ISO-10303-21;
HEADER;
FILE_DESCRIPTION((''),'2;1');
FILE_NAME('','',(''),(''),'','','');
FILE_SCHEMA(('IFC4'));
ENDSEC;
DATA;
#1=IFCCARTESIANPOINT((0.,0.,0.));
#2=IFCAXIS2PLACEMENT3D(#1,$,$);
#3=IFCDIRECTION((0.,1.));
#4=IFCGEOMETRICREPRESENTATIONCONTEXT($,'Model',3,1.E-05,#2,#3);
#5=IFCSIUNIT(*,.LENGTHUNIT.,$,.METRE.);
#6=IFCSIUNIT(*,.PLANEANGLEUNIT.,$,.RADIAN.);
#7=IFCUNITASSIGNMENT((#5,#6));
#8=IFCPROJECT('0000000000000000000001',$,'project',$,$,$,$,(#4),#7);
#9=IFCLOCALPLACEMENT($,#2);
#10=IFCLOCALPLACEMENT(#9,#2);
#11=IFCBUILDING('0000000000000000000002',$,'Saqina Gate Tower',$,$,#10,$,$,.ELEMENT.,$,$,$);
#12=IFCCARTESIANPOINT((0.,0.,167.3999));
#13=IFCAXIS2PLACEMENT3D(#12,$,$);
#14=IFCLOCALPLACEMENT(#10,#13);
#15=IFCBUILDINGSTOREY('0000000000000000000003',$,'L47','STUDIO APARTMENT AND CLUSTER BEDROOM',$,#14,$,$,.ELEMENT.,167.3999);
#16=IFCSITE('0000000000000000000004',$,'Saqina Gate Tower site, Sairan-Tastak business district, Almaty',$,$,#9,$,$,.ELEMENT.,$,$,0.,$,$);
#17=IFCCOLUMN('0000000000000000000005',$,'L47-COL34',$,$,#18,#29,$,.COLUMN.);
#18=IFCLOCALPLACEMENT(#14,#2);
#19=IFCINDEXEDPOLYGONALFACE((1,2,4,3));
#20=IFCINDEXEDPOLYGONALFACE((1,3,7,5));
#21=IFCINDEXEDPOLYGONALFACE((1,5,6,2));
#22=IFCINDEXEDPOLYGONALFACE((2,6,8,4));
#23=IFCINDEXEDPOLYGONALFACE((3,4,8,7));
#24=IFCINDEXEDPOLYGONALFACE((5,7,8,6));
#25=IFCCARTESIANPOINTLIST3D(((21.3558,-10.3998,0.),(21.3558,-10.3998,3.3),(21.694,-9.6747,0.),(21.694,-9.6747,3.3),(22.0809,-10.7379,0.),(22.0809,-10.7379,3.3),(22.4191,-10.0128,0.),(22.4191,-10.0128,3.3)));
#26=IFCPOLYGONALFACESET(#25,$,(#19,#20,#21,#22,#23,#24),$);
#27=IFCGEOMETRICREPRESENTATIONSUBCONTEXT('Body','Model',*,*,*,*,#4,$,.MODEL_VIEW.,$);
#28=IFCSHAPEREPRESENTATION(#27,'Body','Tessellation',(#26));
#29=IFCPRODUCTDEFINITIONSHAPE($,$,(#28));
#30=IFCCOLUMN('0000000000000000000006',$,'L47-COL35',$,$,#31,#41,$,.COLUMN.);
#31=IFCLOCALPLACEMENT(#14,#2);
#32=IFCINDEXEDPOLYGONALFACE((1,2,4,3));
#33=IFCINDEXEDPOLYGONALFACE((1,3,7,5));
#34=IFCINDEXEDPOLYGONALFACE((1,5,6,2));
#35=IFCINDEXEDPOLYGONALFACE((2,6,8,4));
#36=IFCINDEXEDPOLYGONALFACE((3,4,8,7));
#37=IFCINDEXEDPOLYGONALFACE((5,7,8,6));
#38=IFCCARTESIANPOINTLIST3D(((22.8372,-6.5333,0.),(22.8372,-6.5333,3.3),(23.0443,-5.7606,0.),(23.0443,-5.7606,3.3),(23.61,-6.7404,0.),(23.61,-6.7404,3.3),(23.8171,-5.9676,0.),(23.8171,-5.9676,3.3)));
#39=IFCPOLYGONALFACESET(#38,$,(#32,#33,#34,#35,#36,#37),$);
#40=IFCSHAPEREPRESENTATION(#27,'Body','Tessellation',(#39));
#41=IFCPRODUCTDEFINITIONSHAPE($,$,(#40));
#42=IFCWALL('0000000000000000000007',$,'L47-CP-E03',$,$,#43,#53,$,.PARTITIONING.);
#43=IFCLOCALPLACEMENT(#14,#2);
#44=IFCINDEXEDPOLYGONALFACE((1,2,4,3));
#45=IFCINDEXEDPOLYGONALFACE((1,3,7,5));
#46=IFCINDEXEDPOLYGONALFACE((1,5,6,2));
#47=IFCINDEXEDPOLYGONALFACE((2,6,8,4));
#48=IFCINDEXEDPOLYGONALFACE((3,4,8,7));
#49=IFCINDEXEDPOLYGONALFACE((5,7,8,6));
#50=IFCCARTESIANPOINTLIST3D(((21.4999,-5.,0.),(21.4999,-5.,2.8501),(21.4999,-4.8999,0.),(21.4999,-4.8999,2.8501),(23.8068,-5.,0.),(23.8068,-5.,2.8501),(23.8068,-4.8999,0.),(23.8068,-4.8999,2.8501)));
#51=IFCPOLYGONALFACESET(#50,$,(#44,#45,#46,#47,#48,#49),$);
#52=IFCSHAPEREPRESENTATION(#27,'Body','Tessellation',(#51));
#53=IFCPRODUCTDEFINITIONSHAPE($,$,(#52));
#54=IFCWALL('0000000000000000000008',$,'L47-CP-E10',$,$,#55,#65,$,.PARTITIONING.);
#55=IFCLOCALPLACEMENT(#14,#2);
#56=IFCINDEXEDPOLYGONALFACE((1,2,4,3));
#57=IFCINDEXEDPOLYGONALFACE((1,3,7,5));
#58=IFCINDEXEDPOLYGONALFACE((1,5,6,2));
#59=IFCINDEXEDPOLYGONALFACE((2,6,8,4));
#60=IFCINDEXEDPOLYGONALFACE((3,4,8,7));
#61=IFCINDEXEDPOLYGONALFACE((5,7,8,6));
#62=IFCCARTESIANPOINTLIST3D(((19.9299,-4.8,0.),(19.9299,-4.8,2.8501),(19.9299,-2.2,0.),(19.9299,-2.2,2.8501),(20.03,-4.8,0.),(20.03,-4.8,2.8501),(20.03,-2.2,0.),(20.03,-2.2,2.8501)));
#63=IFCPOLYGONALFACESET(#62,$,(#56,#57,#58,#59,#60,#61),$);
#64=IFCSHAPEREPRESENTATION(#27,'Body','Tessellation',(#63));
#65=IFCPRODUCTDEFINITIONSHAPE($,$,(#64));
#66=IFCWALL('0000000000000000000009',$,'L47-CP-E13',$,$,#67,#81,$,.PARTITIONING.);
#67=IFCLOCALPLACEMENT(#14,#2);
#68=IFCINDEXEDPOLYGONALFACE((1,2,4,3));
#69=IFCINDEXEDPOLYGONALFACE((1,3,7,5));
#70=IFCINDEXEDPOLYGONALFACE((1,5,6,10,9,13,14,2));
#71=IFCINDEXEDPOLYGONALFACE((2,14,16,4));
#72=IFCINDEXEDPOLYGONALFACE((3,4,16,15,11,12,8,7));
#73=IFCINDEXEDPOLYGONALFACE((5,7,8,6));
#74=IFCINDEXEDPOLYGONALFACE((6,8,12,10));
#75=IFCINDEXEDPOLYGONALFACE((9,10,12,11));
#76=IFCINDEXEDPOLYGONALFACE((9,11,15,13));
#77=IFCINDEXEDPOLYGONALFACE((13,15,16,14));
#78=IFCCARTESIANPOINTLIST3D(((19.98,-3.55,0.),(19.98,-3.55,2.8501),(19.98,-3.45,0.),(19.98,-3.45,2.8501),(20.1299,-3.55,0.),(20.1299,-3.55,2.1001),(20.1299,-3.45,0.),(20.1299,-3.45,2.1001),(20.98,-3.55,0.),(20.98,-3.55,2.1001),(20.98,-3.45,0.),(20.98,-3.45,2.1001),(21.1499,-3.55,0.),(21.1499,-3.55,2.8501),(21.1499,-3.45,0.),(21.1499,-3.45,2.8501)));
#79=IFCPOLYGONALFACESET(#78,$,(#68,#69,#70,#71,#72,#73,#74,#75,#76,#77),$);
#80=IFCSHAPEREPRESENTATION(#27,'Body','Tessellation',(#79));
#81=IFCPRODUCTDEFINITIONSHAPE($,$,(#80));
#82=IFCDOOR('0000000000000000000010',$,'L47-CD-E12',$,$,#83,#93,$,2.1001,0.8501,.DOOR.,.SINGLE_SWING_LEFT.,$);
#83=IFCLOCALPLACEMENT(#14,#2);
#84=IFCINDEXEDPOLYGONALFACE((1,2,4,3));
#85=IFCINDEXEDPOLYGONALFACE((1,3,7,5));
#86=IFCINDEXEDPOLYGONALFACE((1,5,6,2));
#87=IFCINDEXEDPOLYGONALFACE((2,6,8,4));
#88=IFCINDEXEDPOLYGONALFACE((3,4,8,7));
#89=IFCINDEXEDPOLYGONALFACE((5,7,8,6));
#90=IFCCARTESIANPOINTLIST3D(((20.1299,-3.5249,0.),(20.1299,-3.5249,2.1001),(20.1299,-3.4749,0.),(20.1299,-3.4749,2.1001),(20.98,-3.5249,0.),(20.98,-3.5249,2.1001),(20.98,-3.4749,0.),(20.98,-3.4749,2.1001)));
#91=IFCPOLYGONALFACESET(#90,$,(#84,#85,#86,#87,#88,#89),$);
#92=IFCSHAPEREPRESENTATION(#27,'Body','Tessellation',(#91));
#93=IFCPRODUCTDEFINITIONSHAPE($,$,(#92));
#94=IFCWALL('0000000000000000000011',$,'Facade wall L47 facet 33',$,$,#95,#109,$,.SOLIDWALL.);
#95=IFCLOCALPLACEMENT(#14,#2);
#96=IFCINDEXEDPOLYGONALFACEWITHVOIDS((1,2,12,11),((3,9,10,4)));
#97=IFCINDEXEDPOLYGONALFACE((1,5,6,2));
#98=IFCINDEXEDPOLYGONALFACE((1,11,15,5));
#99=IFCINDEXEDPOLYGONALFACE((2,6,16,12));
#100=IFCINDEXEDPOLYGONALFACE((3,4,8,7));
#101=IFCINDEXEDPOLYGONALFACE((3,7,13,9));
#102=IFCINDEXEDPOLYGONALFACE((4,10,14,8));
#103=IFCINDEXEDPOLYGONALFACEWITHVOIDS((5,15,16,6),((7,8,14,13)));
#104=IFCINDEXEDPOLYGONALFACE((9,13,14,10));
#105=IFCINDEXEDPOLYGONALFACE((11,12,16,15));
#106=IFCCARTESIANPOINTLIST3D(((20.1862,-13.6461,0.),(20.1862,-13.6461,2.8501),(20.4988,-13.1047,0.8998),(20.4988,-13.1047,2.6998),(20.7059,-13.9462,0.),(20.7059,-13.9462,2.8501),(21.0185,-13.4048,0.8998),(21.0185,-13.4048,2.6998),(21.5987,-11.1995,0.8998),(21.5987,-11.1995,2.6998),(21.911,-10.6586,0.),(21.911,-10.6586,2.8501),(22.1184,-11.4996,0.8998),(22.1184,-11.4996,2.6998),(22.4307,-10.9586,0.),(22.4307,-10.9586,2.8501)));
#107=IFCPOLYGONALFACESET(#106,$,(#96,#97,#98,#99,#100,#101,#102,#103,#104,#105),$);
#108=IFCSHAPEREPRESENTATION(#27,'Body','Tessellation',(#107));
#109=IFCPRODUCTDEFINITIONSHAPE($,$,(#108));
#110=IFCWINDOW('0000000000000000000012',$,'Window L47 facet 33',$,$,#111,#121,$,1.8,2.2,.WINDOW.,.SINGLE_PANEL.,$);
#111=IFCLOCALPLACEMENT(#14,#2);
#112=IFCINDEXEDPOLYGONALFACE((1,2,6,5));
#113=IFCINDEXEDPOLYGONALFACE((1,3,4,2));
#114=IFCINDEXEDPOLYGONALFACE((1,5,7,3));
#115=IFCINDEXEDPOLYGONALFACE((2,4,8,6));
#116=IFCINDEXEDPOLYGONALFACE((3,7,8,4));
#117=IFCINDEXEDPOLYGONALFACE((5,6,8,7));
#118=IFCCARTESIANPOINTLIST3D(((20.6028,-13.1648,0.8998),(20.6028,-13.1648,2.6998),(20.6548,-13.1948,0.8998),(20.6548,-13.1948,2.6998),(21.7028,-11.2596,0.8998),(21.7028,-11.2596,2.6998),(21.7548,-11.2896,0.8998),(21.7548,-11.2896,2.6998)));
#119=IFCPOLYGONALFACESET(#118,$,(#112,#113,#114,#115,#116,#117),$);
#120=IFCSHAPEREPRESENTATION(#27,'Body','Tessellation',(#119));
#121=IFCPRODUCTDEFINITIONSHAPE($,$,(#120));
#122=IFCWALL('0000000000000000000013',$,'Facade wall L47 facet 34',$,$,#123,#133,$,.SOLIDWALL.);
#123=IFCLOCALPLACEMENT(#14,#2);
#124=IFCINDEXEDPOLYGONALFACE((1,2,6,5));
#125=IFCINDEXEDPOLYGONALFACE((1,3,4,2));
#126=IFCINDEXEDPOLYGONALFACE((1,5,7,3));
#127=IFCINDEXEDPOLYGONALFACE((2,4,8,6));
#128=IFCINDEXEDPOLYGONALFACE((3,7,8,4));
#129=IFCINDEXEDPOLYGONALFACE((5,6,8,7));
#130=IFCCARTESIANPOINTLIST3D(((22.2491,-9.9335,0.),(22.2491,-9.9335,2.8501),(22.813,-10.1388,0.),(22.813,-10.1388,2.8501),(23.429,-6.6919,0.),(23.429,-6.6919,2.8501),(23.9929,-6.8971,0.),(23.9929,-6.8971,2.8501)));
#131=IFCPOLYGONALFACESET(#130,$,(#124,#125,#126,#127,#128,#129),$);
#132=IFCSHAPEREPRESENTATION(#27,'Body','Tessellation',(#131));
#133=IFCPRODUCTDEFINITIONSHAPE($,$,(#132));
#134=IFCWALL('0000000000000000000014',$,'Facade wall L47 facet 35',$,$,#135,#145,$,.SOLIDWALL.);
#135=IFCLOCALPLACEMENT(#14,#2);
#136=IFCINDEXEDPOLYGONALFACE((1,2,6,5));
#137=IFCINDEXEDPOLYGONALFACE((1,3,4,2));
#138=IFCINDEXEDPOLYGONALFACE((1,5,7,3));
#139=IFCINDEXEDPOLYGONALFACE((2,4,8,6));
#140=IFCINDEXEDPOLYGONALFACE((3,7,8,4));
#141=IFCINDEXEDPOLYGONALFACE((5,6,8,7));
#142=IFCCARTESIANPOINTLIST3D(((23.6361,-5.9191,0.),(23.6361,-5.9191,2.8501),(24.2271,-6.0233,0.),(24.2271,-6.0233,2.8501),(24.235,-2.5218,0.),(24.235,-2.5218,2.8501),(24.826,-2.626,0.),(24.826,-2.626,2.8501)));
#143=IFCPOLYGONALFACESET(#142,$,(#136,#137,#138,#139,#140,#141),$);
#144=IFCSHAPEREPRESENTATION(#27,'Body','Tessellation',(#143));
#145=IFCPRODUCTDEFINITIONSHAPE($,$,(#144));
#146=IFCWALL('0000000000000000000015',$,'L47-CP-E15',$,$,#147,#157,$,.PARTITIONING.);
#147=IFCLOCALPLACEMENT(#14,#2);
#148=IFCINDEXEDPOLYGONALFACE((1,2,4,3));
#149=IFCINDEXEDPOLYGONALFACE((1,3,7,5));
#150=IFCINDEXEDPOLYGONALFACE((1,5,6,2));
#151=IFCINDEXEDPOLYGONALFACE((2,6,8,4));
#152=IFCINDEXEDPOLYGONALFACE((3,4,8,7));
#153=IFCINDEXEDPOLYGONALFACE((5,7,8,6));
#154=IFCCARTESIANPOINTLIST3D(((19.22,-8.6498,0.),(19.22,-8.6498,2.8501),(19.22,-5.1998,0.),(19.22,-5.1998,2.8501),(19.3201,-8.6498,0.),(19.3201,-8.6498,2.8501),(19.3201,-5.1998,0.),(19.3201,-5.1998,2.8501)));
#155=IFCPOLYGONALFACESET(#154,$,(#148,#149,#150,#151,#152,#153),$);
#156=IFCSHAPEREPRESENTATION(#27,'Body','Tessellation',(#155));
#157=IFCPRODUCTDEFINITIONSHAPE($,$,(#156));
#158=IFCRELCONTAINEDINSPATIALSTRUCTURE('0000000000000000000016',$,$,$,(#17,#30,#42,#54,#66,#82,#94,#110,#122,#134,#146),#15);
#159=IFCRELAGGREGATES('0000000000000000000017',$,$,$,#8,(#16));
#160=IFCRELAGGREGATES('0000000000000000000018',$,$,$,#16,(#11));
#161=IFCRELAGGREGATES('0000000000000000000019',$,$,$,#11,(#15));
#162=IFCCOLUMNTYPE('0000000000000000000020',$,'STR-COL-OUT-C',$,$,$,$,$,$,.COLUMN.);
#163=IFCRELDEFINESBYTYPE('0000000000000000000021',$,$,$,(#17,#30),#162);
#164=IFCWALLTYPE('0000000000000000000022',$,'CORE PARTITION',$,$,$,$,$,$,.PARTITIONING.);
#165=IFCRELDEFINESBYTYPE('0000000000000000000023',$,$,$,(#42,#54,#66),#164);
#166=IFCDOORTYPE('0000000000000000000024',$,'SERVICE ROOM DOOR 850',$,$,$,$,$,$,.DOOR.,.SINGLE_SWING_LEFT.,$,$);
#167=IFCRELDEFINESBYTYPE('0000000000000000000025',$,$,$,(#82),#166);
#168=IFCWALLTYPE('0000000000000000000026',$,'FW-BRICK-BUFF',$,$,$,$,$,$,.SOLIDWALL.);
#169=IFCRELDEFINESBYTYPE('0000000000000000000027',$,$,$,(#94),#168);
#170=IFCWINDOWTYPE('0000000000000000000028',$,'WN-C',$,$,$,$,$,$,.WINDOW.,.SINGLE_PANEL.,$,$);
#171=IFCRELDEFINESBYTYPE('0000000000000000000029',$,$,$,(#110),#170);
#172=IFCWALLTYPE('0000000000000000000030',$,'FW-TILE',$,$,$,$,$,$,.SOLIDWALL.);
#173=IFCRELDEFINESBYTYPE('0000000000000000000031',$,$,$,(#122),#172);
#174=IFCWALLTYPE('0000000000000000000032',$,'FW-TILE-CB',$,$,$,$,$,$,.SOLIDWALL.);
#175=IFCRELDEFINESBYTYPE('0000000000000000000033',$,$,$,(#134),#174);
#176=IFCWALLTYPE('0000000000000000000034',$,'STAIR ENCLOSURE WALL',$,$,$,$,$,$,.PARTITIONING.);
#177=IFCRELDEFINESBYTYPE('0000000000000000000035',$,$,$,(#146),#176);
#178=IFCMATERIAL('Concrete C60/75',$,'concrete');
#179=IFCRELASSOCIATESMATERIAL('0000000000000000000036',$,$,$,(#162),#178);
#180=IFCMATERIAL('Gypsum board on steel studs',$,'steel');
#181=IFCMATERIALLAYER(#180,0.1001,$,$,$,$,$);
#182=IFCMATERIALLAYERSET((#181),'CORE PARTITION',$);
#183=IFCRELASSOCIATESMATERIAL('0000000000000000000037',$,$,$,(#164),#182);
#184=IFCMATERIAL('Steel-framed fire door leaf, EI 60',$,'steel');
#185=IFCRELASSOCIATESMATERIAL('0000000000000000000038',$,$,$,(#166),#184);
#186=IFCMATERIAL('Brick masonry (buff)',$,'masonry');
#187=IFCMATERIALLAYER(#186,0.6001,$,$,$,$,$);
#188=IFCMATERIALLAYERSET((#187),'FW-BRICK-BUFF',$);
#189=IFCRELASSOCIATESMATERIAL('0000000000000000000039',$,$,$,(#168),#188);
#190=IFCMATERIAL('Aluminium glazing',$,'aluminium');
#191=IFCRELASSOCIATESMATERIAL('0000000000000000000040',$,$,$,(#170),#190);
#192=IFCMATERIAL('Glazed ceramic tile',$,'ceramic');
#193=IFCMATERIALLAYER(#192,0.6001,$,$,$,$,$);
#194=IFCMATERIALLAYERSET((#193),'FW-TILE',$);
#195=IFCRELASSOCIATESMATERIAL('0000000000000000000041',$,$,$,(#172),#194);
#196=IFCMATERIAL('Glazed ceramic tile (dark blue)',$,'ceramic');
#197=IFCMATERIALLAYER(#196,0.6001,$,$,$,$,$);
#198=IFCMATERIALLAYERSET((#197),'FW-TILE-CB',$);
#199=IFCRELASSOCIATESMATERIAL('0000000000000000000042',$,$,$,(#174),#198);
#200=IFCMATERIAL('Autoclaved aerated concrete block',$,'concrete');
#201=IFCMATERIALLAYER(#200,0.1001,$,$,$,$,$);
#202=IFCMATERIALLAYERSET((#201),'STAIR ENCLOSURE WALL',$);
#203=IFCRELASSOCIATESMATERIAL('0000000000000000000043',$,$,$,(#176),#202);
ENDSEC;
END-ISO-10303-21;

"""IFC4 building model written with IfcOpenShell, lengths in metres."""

from ifc_helpers import new_model, si_unit, direction, frame, frame_2d, origin, origin_2d, place, context, subcontext, project, spatial, rectangle, extrude, material, layer, layer_set, material_profile, profile_set, type_object, element, fill, save


model = new_model("IFC4")

# Units and contexts
model_context = context("Model", 3, precision=1e-05, world=origin(), true_north=direction((0.0, 1.0)))
body_context = subcontext(model_context, "Body", "Model", "MODEL_VIEW")
ifc_project = project(units=[si_unit("LENGTHUNIT", "METRE"), si_unit("PLANEANGLEUNIT", "RADIAN")], contexts=[model_context])

# Site, building, storey
site_placement = place(None, origin())
site = spatial("IfcSite", under=ifc_project, at=site_placement, Name="Saqina Gate Tower site, Sairan-Tastak business district, Almaty", CompositionType="ELEMENT", RefElevation=0.0)
building_placement = place(site_placement, origin())
building = spatial("IfcBuilding", under=site, at=building_placement, Name="Saqina Gate Tower", CompositionType="ELEMENT")
storey_placement = place(building_placement, frame((0.0, 0.0, 167.3999)))
storey = spatial("IfcBuildingStorey", under=building, at=storey_placement, Name="L47", Description="STUDIO APARTMENT AND CLUSTER BEDROOM", CompositionType="ELEMENT", Elevation=167.3999)

# Columns
ifc_material_1 = material(Name="Concrete C60/75", Category="concrete")
ifc_material_profile = material_profile(ifc_material_1, rectangle(XDim=0.8, YDim=0.8, at=origin_2d()), Name="RC 800x800")
ifc_profile_set = profile_set([ifc_material_profile], Name="Concrete C60/75")
column_type = type_object("IfcColumnType", Name="STR-COL-OUT-C", PredefinedType="COLUMN", material=ifc_profile_set)
for number, where, z_axis, x_axis, name in (
    (1, (21.8875, -10.2063, 0.0), (0.0, 0.0, 1.0), (0.906308, -0.422618, 0.0), "L47-COL34"),
    (2, (23.3271, -6.2505, 0.0), (0.0, 0.0, 1.0), (0.965926, -0.258819, 0.0), "L47-COL35"),
):
    element("IfcColumn", number, at=place(storey_placement, frame(where, z_axis=z_axis, x_axis=x_axis)), inside=storey, type_object=column_type, Name=name, PredefinedType="COLUMN", context=body_context, shape_type="SweptSolid", body=[
        extrude(rectangle(XDim=0.8, YDim=0.8, at=origin_2d()), origin(), (0.0, 0.0, 1.0), 3.3),
    ])

# Walls
ifc_material_2 = material(Name="Gypsum board on steel studs", Category="steel")
ifc_layer_1 = layer(ifc_material_2, 0.1001)
ifc_layer_set_1 = layer_set([ifc_layer_1], Name="CORE PARTITION")
wall_type_1 = type_object("IfcWallType", Name="CORE PARTITION", PredefinedType="PARTITIONING", material=ifc_layer_set_1)
wall_1_placement = place(storey_placement, frame((21.5, -4.95, 0.0), z_axis=(0.0, 0.0, 1.0), x_axis=(1.0, 0.0, 0.0)))
element("IfcWall", 3, at=wall_1_placement, inside=storey, type_object=wall_type_1, Name="L47-CP-E03", PredefinedType="PARTITIONING", context=body_context, shape_type="SweptSolid", body=[
    extrude(rectangle(XDim=2.3069, YDim=0.1001, at=frame_2d((1.1533, 0.0))), origin(), (0.0, 0.0, 1.0), 2.8501),
])
wall_2_placement = place(storey_placement, frame((19.98, -4.8, 0.0), z_axis=(0.0, 0.0, 1.0), x_axis=(0.0, 1.0, 0.0)))
element("IfcWall", 4, at=wall_2_placement, inside=storey, type_object=wall_type_1, Name="L47-CP-E10", PredefinedType="PARTITIONING", context=body_context, shape_type="SweptSolid", body=[
    extrude(rectangle(XDim=2.6001, YDim=0.1001, at=frame_2d((1.3, 0.0))), origin(), (0.0, 0.0, 1.0), 2.8501),
])

# Wall, opening, door
wall_3_placement = place(storey_placement, frame((19.98, -3.5, 0.0), z_axis=(0.0, 0.0, 1.0), x_axis=(1.0, 0.0, 0.0)))
wall_3 = element("IfcWall", 5, at=wall_3_placement, inside=storey, type_object=wall_type_1, Name="L47-CP-E13", PredefinedType="PARTITIONING", context=body_context, shape_type="SweptSolid", body=[
    extrude(rectangle(XDim=1.1699, YDim=0.1001, at=frame_2d((0.585, 0.0))), origin(), (0.0, 0.0, 1.0), 2.8501),
])
opening_1_placement = place(wall_3_placement, frame((0.1499, 0.0, 0.0)))
opening_1 = element("IfcOpeningElement", 6, at=opening_1_placement, cuts=wall_3, PredefinedType="OPENING", context=body_context, shape_type="SweptSolid", body=[
    extrude(rectangle(XDim=0.8501, YDim=2.1001, at=frame_2d((0.425, 1.05))), frame((0.0, 0.062, 0.0), z_axis=(0.0, -1.0, 0.0), x_axis=(1.0, 0.0, 0.0)), (0.0, 0.0, 1.0), 0.124),
])
ifc_material_3 = material(Name="Steel-framed fire door leaf, EI 60", Category="steel")
door_type_1 = type_object("IfcDoorType", Name="SERVICE ROOM DOOR 850", OperationType="SINGLE_SWING_LEFT", PredefinedType="DOOR", material=ifc_material_3)
door_1_placement = place(opening_1_placement, frame((0.8501, 0.0, 0.0), z_axis=(0.0, 0.0, 1.0), x_axis=(-1.0, 0.0, 0.0)))
door_1 = element("IfcDoor", 7, at=door_1_placement, inside=storey, type_object=door_type_1, Name="L47-CD-E12", OperationType="SINGLE_SWING_LEFT", OverallHeight=2.1001, OverallWidth=0.8501, PredefinedType="DOOR", context=body_context, shape_type="SweptSolid", body=[
    extrude(rectangle(XDim=0.8501, YDim=2.1001, at=frame_2d((0.425, 1.05))), frame((0.0, 0.0249, 0.0), z_axis=(0.0, -1.0, 0.0), x_axis=(1.0, 0.0, 0.0)), (0.0, 0.0, 1.0), 0.05),
])
fill(opening_1, door_1)

# Wall, opening, window
ifc_material_4 = material(Name="Brick masonry (buff)", Category="masonry")
ifc_layer_2 = layer(ifc_material_4, 0.6001)
ifc_layer_set_2 = layer_set([ifc_layer_2], Name="FW-BRICK-BUFF")
wall_type_2 = type_object("IfcWallType", Name="FW-BRICK-BUFF", PredefinedType="SOLIDWALL", material=ifc_layer_set_2)
wall_4_placement = place(storey_placement, frame((20.446, -13.7961, 0.0), z_axis=(0.0, 0.0, 1.0), x_axis=(0.499998, 0.866026, 0.0)))
wall_4 = element("IfcWall", 8, at=wall_4_placement, inside=storey, type_object=wall_type_2, Name="Facade wall L47 facet 33", PredefinedType="SOLIDWALL", context=body_context, shape_type="SweptSolid", body=[
    extrude(rectangle(XDim=3.4497, YDim=0.6001, at=frame_2d((1.7249, 0.0))), origin(), (0.0, 0.0, 1.0), 2.8501),
])
opening_2_placement = place(wall_4_placement, frame((0.625, 0.0, 0.8999)))
opening_2 = element("IfcOpeningElement", 9, at=opening_2_placement, cuts=wall_4, PredefinedType="OPENING", context=body_context, shape_type="SweptSolid", body=[
    extrude(rectangle(XDim=2.2, YDim=1.8, at=frame_2d((1.1001, 0.8999))), frame((0.0, 0.312, 0.0), z_axis=(0.0, -1.0, 0.0), x_axis=(1.0, 0.0, 0.0)), (0.0, 0.0, 1.0), 0.624),
])
ifc_material_5 = material(Name="Aluminium glazing", Category="aluminium")
window_type = type_object("IfcWindowType", Name="WN-C", PartitioningType="SINGLE_PANEL", PredefinedType="WINDOW", material=ifc_material_5)
window_placement = place(opening_2_placement, origin())
window = element("IfcWindow", 10, at=window_placement, inside=storey, type_object=window_type, Name="Window L47 facet 33", OverallHeight=1.8, OverallWidth=2.2, PartitioningType="SINGLE_PANEL", PredefinedType="WINDOW", context=body_context, shape_type="SweptSolid", body=[
    extrude(rectangle(XDim=2.2, YDim=1.8, at=frame_2d((1.1001, 0.8999))), frame((0.0, 0.1799, 0.0), z_axis=(0.0, -1.0, 0.0), x_axis=(1.0, 0.0, 0.0)), (0.0, 0.0, 1.0), 0.0601),
])
fill(opening_2, window)

# Walls
ifc_material_6 = material(Name="Glazed ceramic tile", Category="ceramic")
ifc_layer_3 = layer(ifc_material_6, 0.6001)
ifc_layer_set_3 = layer_set([ifc_layer_3], Name="FW-TILE")
wall_type_3 = type_object("IfcWallType", Name="FW-TILE", PredefinedType="SOLIDWALL", material=ifc_layer_set_3)
wall_5_placement = place(storey_placement, frame((22.531, -10.0361, 0.0), z_axis=(0.0, 0.0, 1.0), x_axis=(0.342033, 0.939688, 0.0)))
element("IfcWall", 11, at=wall_5_placement, inside=storey, type_object=wall_type_3, Name="Facade wall L47 facet 34", PredefinedType="SOLIDWALL", context=body_context, shape_type="SweptSolid", body=[
    extrude(rectangle(XDim=3.4497, YDim=0.6001, at=frame_2d((1.7249, 0.0))), origin(), (0.0, 0.0, 1.0), 2.8501),
])
ifc_material_7 = material(Name="Glazed ceramic tile (dark blue)", Category="ceramic")
ifc_layer_4 = layer(ifc_material_7, 0.6001)
ifc_layer_set_4 = layer_set([ifc_layer_4], Name="FW-TILE-CB")
wall_type_4 = type_object("IfcWallType", Name="FW-TILE-CB", PredefinedType="SOLIDWALL", material=ifc_layer_set_4)
wall_6_placement = place(storey_placement, frame((23.9316, -5.9712, 0.0), z_axis=(0.0, 0.0, 1.0), x_axis=(0.173608, 0.984815, 0.0)))
element("IfcWall", 12, at=wall_6_placement, inside=storey, type_object=wall_type_4, Name="Facade wall L47 facet 35", PredefinedType="SOLIDWALL", context=body_context, shape_type="SweptSolid", body=[
    extrude(rectangle(XDim=3.4497, YDim=0.6001, at=frame_2d((1.7249, 0.0))), origin(), (0.0, 0.0, 1.0), 2.8501),
])
ifc_material_8 = material(Name="Autoclaved aerated concrete block", Category="concrete")
ifc_layer_5 = layer(ifc_material_8, 0.1001)
ifc_layer_set_5 = layer_set([ifc_layer_5], Name="STAIR ENCLOSURE WALL")
wall_type_5 = type_object("IfcWallType", Name="STAIR ENCLOSURE WALL", PredefinedType="PARTITIONING", material=ifc_layer_set_5)
wall_7_placement = place(storey_placement, frame((19.27, -8.6499, 0.0), z_axis=(0.0, 0.0, 1.0), x_axis=(0.0, 1.0, 0.0)))
element("IfcWall", 13, at=wall_7_placement, inside=storey, type_object=wall_type_5, Name="L47-CP-E15", PredefinedType="PARTITIONING", context=body_context, shape_type="SweptSolid", body=[
    extrude(rectangle(XDim=3.45, YDim=0.1001, at=frame_2d((1.7251, 0.0))), origin(), (0.0, 0.0, 1.0), 2.8501),
])

save(model, "model.ifc")
